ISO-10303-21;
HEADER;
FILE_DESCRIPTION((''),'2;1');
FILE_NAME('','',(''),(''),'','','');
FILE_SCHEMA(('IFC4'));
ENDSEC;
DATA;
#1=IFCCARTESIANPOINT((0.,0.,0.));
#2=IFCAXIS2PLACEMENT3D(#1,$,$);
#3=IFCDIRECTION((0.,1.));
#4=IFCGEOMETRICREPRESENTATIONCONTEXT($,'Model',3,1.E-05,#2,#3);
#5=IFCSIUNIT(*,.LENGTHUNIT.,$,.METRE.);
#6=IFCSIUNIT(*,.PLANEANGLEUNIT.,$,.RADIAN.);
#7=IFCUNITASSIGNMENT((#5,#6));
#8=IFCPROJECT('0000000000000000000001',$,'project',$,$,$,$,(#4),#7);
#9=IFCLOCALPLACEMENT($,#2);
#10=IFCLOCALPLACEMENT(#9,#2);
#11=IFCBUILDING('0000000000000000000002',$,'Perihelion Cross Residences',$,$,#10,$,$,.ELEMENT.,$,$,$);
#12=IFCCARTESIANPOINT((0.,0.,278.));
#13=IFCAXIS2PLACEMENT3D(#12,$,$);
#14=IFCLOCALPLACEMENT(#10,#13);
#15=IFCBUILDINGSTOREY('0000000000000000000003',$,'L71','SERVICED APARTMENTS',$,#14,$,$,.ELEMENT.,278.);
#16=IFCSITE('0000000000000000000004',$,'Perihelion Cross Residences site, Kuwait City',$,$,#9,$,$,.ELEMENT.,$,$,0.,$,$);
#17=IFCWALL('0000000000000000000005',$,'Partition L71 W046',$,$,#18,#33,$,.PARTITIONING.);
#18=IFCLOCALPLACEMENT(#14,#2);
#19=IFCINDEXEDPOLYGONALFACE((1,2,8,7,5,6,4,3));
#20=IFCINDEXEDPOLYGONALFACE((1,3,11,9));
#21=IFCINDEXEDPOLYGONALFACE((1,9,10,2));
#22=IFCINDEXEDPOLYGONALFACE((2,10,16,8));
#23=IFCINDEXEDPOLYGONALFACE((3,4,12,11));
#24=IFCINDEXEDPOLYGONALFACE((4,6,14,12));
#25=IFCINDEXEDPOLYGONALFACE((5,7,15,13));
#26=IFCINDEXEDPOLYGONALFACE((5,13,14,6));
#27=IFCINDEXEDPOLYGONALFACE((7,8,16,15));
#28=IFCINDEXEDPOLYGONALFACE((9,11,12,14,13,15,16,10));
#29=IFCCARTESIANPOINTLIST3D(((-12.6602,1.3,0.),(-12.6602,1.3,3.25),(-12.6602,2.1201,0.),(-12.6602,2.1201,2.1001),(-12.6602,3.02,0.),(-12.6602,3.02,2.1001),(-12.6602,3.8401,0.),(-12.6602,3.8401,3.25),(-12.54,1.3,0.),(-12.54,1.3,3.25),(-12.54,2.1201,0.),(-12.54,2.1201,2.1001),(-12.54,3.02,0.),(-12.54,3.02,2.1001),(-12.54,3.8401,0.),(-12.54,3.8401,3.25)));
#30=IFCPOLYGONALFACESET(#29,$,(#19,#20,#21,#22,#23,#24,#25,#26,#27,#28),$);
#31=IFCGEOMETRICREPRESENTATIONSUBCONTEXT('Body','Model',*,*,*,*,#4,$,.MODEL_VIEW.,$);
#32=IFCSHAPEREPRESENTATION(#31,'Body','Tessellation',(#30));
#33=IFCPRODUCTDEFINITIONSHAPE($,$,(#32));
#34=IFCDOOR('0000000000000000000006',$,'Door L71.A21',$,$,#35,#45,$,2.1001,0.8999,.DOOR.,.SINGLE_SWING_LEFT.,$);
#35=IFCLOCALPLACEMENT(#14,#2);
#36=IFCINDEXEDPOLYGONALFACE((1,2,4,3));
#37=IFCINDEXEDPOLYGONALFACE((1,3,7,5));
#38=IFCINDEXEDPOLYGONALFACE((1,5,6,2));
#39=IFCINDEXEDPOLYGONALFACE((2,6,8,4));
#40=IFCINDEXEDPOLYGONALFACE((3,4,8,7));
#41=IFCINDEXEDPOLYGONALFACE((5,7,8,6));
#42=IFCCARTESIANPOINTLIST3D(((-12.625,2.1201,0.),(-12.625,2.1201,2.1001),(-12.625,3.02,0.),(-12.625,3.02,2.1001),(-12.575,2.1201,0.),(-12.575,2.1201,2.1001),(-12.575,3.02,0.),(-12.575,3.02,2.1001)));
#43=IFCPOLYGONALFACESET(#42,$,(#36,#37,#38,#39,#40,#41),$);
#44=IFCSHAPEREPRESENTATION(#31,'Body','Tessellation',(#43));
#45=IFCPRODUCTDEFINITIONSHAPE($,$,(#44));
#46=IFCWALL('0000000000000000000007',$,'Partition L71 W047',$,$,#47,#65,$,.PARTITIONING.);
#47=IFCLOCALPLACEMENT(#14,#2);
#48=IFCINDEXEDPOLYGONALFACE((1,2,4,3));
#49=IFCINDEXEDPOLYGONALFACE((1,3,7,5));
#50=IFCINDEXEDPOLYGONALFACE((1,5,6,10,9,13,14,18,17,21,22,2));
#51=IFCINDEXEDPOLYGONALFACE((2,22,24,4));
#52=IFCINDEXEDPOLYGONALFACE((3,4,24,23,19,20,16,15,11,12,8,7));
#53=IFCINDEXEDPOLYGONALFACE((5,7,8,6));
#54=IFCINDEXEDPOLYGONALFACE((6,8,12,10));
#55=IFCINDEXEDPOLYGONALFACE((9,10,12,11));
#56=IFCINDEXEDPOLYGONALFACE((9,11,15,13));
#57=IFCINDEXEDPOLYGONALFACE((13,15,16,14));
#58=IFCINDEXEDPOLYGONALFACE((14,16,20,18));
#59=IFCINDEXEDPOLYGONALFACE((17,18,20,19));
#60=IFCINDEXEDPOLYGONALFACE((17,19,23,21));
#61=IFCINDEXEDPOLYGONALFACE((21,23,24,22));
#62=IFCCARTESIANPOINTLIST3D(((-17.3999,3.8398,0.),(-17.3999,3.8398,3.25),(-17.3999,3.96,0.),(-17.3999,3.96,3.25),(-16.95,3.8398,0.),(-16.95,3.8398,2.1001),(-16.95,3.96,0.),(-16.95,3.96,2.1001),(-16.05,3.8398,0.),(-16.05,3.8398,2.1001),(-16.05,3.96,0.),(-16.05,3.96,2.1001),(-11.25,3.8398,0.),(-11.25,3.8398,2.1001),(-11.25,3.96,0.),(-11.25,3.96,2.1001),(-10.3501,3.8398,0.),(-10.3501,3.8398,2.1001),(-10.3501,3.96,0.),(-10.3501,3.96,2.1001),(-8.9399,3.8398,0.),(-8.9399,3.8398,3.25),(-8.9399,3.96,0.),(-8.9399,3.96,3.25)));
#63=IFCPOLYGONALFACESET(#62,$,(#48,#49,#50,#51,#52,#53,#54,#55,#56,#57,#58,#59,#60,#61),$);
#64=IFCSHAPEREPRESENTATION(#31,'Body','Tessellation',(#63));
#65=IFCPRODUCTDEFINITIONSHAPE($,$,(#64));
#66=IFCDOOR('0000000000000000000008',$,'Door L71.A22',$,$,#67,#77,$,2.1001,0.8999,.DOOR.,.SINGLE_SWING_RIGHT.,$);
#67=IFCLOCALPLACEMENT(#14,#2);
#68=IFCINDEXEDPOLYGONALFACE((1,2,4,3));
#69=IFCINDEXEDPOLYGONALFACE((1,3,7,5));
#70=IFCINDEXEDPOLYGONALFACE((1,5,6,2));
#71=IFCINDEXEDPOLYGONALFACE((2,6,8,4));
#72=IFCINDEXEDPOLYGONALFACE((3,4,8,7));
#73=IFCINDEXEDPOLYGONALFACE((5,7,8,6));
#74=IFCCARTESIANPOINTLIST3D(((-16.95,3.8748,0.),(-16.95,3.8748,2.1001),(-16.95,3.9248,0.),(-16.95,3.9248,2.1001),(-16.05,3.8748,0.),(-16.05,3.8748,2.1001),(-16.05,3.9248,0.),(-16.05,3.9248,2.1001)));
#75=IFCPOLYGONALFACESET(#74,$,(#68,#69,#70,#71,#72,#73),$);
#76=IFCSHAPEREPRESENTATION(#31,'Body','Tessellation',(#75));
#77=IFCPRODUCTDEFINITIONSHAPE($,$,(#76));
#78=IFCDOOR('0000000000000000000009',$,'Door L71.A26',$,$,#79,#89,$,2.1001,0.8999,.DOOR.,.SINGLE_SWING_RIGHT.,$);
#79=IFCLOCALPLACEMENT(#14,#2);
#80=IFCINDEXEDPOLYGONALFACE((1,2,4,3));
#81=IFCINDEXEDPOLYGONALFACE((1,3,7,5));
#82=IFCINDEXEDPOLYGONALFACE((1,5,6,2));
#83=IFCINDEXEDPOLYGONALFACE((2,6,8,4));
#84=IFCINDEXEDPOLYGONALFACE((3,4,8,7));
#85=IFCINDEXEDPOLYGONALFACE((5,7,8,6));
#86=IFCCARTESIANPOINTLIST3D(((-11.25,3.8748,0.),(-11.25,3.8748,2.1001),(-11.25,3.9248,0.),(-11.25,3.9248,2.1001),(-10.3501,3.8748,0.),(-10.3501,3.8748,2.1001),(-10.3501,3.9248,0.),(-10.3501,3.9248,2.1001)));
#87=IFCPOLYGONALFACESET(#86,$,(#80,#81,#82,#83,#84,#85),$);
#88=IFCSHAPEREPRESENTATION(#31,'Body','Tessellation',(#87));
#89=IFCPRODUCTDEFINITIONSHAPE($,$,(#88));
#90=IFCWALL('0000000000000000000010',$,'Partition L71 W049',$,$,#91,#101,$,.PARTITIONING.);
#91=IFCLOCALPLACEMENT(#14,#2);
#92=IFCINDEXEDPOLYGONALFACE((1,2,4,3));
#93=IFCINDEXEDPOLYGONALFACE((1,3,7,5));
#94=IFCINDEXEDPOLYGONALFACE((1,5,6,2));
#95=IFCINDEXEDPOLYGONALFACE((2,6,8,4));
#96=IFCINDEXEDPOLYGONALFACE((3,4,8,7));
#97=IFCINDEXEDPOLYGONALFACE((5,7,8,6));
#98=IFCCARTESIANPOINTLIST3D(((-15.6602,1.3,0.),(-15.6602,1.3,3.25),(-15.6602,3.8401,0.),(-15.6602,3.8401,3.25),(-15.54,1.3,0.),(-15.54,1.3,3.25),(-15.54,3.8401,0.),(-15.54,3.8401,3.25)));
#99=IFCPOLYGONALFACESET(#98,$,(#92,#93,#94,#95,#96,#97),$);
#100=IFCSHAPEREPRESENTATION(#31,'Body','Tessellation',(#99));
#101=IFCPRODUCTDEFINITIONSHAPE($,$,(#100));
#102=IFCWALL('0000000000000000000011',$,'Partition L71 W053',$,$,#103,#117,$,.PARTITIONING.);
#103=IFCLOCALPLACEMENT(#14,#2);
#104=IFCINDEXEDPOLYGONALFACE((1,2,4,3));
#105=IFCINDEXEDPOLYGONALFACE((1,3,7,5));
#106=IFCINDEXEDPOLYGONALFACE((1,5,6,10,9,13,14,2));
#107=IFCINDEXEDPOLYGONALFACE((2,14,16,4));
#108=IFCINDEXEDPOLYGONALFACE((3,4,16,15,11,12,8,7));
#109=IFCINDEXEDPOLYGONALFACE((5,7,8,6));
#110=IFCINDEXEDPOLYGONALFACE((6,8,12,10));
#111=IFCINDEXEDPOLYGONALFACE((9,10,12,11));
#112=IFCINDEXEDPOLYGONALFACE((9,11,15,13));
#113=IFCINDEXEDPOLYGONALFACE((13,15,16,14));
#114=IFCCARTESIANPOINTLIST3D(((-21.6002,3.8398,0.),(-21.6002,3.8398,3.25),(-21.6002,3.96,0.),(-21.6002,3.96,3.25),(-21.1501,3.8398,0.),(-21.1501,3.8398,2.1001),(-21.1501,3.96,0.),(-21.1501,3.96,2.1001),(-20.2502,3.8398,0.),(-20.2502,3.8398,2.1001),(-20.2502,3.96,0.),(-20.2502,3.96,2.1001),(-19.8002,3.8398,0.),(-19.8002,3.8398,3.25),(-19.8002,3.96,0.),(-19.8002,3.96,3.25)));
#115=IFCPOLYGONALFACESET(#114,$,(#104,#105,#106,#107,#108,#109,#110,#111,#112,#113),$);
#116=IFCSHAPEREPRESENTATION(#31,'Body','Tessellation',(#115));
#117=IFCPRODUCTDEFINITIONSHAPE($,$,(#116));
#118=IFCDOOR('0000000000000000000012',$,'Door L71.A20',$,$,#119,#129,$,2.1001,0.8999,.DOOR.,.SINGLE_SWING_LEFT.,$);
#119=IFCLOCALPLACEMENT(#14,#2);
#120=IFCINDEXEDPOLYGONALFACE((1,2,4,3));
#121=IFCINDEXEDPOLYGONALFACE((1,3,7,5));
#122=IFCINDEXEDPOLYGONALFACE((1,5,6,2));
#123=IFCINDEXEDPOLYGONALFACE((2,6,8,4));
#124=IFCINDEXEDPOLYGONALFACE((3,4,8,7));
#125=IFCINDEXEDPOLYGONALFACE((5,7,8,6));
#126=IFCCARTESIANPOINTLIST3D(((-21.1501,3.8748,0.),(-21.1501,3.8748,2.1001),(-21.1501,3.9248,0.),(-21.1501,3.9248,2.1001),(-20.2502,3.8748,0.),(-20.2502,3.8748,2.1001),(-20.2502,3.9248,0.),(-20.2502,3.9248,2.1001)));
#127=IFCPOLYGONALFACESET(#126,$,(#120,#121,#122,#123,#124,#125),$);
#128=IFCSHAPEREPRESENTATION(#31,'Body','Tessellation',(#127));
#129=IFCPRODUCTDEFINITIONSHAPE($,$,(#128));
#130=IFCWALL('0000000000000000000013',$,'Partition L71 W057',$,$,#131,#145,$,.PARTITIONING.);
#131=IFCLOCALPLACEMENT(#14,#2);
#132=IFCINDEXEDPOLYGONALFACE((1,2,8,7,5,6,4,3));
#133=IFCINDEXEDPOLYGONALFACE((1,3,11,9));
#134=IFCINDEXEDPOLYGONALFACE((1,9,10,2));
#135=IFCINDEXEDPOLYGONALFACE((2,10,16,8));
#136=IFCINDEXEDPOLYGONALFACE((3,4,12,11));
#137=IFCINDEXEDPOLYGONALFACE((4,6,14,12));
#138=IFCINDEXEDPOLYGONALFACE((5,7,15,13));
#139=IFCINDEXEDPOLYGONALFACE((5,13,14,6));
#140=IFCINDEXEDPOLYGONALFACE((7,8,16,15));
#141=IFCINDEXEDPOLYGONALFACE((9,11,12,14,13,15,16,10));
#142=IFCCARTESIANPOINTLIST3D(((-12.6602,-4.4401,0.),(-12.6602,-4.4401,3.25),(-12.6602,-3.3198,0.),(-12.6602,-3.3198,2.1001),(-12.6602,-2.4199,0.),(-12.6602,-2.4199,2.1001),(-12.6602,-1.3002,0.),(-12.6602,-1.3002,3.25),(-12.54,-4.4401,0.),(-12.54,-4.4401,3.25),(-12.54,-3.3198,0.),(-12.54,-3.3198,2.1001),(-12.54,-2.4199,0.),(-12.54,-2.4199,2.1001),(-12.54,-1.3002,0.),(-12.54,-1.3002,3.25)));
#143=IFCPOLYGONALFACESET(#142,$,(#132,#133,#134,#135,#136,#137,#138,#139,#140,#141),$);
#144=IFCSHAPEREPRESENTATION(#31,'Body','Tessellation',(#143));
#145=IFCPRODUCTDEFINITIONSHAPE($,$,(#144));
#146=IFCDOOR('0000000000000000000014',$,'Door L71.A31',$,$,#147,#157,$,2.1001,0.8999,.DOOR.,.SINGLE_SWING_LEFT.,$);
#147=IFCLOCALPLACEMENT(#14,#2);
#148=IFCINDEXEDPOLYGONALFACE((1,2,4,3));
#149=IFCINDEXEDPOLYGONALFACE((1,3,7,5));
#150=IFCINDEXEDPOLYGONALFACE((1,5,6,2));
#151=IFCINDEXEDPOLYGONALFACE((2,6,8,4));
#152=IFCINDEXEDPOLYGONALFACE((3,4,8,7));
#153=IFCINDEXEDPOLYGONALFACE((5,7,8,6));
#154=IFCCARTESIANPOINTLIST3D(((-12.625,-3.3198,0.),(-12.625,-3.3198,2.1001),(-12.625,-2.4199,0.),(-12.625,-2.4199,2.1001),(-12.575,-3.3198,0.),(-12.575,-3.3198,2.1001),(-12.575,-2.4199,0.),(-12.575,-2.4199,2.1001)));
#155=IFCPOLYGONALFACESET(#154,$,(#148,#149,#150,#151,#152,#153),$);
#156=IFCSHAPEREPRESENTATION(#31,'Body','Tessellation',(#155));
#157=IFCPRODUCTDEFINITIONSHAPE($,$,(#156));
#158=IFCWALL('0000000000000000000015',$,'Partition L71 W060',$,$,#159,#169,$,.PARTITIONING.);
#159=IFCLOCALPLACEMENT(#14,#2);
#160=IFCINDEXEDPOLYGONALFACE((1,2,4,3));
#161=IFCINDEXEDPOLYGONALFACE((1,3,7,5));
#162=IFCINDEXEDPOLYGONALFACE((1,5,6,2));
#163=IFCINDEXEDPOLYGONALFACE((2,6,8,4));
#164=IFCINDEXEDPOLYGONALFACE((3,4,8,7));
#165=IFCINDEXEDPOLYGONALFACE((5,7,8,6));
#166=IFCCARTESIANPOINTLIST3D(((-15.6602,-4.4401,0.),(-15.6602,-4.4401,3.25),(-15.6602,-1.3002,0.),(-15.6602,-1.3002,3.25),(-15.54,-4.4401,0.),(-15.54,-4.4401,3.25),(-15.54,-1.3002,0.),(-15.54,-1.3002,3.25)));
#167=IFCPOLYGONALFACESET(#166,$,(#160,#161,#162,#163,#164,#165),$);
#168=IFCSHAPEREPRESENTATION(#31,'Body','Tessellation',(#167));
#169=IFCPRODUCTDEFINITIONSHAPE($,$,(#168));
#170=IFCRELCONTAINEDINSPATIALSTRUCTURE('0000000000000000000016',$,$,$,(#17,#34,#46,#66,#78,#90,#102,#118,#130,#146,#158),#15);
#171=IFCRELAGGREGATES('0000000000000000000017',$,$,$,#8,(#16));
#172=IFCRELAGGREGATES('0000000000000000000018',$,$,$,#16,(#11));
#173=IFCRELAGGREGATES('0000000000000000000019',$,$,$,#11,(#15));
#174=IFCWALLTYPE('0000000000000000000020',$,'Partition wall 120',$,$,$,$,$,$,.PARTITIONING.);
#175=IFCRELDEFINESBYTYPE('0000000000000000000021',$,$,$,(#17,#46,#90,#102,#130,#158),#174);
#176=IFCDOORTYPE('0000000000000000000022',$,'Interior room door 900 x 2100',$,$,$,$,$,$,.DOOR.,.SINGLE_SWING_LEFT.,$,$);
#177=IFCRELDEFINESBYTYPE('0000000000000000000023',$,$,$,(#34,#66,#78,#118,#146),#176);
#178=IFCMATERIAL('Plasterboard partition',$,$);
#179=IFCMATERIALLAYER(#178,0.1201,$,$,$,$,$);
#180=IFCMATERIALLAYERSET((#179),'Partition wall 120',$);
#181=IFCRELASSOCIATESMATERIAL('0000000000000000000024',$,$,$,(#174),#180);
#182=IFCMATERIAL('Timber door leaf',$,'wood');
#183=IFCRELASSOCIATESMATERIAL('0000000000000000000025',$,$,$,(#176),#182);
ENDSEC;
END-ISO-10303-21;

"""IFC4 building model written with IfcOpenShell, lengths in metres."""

from ifc_helpers import new_model, si_unit, direction, frame, frame_2d, origin, place, context, subcontext, project, spatial, rectangle, extrude, material, layer, layer_set, type_object, element, fill, save


model = new_model("IFC4")

# Units and contexts
model_context = context("Model", 3, precision=1e-05, world=origin(), true_north=direction((0.0, 1.0)))
body_context = subcontext(model_context, "Body", "Model", "MODEL_VIEW")
ifc_project = project(units=[si_unit("LENGTHUNIT", "METRE"), si_unit("PLANEANGLEUNIT", "RADIAN")], contexts=[model_context])

# Site, building, storey
site_placement = place(None, origin())
site = spatial("IfcSite", under=ifc_project, at=site_placement, Name="Perihelion Cross Residences site, Kuwait City", CompositionType="ELEMENT", RefElevation=0.0)
building_placement = place(site_placement, origin())
building = spatial("IfcBuilding", under=site, at=building_placement, Name="Perihelion Cross Residences", CompositionType="ELEMENT")
storey_placement = place(building_placement, frame((0.0, 0.0, 278.0)))
storey = spatial("IfcBuildingStorey", under=building, at=storey_placement, Name="L71", Description="SERVICED APARTMENTS", CompositionType="ELEMENT", Elevation=278.0)

# Wall, opening, door
ifc_material_1 = material(Name="Plasterboard partition")
ifc_layer_1 = layer(ifc_material_1, 0.1201)
ifc_layer_set_1 = layer_set([ifc_layer_1], Name="Partition wall 120")
wall_type_1 = type_object("IfcWallType", Name="Partition wall 120", PredefinedType="PARTITIONING", material=ifc_layer_set_1)
wall_1_placement = place(storey_placement, frame((-12.6001, 1.3, 0.0), z_axis=(0.0, 0.0, 1.0), x_axis=(0.0, 1.0, 0.0)))
wall_1 = element("IfcWall", 1, at=wall_1_placement, inside=storey, type_object=wall_type_1, Name="Partition L71 W046", PredefinedType="PARTITIONING", context=body_context, shape_type="SweptSolid", body=[
    extrude(rectangle(XDim=2.54, YDim=0.1201, at=frame_2d((1.27, 0.0))), origin(), (0.0, 0.0, 1.0), 3.25),
])
opening_1_placement = place(wall_1_placement, frame((0.8201, 0.0, 0.0)))
opening_1 = element("IfcOpeningElement", 2, at=opening_1_placement, cuts=wall_1, PredefinedType="OPENING", context=body_context, shape_type="SweptSolid", body=[
    extrude(rectangle(XDim=0.8999, YDim=2.1001, at=frame_2d((0.45, 1.05))), frame((0.0, 0.0701, 0.0), z_axis=(0.0, -1.0, 0.0), x_axis=(1.0, 0.0, 0.0)), (0.0, 0.0, 1.0), 0.1401),
])
ifc_material_2 = material(Name="Timber door leaf", Category="wood")
door_type_1 = type_object("IfcDoorType", Name="Interior room door 900 x 2100", OperationType="SINGLE_SWING_LEFT", PredefinedType="DOOR", material=ifc_material_2)
door_1_placement = place(opening_1_placement, origin())
door_1 = element("IfcDoor", 3, at=door_1_placement, inside=storey, type_object=door_type_1, Name="Door L71.A21", OperationType="SINGLE_SWING_LEFT", OverallHeight=2.1001, OverallWidth=0.8999, PredefinedType="DOOR", context=body_context, shape_type="SweptSolid", body=[
    extrude(rectangle(XDim=0.8999, YDim=2.1001, at=frame_2d((0.45, 1.05))), frame((0.0, 0.0249, 0.0), z_axis=(0.0, -1.0, 0.0), x_axis=(1.0, 0.0, 0.0)), (0.0, 0.0, 1.0), 0.05),
])
fill(opening_1, door_1)

# Wall, openings, doors
wall_2_placement = place(storey_placement, frame((-17.3999, 3.8999, 0.0), z_axis=(0.0, 0.0, 1.0), x_axis=(1.0, 0.0, 0.0)))
wall_2 = element("IfcWall", 4, at=wall_2_placement, inside=storey, type_object=wall_type_1, Name="Partition L71 W047", PredefinedType="PARTITIONING", context=body_context, shape_type="SweptSolid", body=[
    extrude(rectangle(XDim=8.46, YDim=0.1201, at=frame_2d((4.23, 0.0))), origin(), (0.0, 0.0, 1.0), 3.25),
])
opening_2_placement = place(wall_2_placement, frame((0.45, 0.0, 0.0)))
opening_2 = element("IfcOpeningElement", 5, at=opening_2_placement, cuts=wall_2, PredefinedType="OPENING", context=body_context, shape_type="SweptSolid", body=[
    extrude(rectangle(XDim=0.8999, YDim=2.1001, at=frame_2d((0.45, 1.05))), frame((0.0, 0.0701, 0.0), z_axis=(0.0, -1.0, 0.0), x_axis=(1.0, 0.0, 0.0)), (0.0, 0.0, 1.0), 0.1401),
])
opening_3_placement = place(wall_2_placement, frame((6.1499, 0.0, 0.0)))
opening_3 = element("IfcOpeningElement", 6, at=opening_3_placement, cuts=wall_2, PredefinedType="OPENING", context=body_context, shape_type="SweptSolid", body=[
    extrude(rectangle(XDim=0.8999, YDim=2.1001, at=frame_2d((0.45, 1.05))), frame((0.0, 0.0701, 0.0), z_axis=(0.0, -1.0, 0.0), x_axis=(1.0, 0.0, 0.0)), (0.0, 0.0, 1.0), 0.1401),
])
door_2_placement = place(opening_2_placement, origin())
door_2 = element("IfcDoor", 7, at=door_2_placement, inside=storey, type_object=door_type_1, Name="Door L71.A22", OperationType="SINGLE_SWING_RIGHT", OverallHeight=2.1001, OverallWidth=0.8999, PredefinedType="DOOR", context=body_context, shape_type="SweptSolid", body=[
    extrude(rectangle(XDim=0.8999, YDim=2.1001, at=frame_2d((0.45, 1.05))), frame((0.0, 0.0249, 0.0), z_axis=(0.0, -1.0, 0.0), x_axis=(1.0, 0.0, 0.0)), (0.0, 0.0, 1.0), 0.05),
])
fill(opening_2, door_2)
door_3_placement = place(opening_3_placement, origin())
door_3 = element("IfcDoor", 8, at=door_3_placement, inside=storey, type_object=door_type_1, Name="Door L71.A26", OperationType="SINGLE_SWING_RIGHT", OverallHeight=2.1001, OverallWidth=0.8999, PredefinedType="DOOR", context=body_context, shape_type="SweptSolid", body=[
    extrude(rectangle(XDim=0.8999, YDim=2.1001, at=frame_2d((0.45, 1.05))), frame((0.0, 0.0249, 0.0), z_axis=(0.0, -1.0, 0.0), x_axis=(1.0, 0.0, 0.0)), (0.0, 0.0, 1.0), 0.05),
])
fill(opening_3, door_3)

# Wall
wall_3_placement = place(storey_placement, frame((-15.6001, 1.3, 0.0), z_axis=(0.0, 0.0, 1.0), x_axis=(0.0, 1.0, 0.0)))
element("IfcWall", 9, at=wall_3_placement, inside=storey, type_object=wall_type_1, Name="Partition L71 W049", PredefinedType="PARTITIONING", context=body_context, shape_type="SweptSolid", body=[
    extrude(rectangle(XDim=2.54, YDim=0.1201, at=frame_2d((1.27, 0.0))), origin(), (0.0, 0.0, 1.0), 3.25),
])

# Walls, openings, doors
wall_4_placement = place(storey_placement, frame((-21.6001, 3.8999, 0.0), z_axis=(0.0, 0.0, 1.0), x_axis=(1.0, 0.0, 0.0)))
wall_4 = element("IfcWall", 10, at=wall_4_placement, inside=storey, type_object=wall_type_1, Name="Partition L71 W053", PredefinedType="PARTITIONING", context=body_context, shape_type="SweptSolid", body=[
    extrude(rectangle(XDim=1.8, YDim=0.1201, at=frame_2d((0.8999, 0.0))), origin(), (0.0, 0.0, 1.0), 3.25),
])
opening_4_placement = place(wall_4_placement, frame((0.45, 0.0, 0.0)))
opening_4 = element("IfcOpeningElement", 11, at=opening_4_placement, cuts=wall_4, PredefinedType="OPENING", context=body_context, shape_type="SweptSolid", body=[
    extrude(rectangle(XDim=0.8999, YDim=2.1001, at=frame_2d((0.45, 1.05))), frame((0.0, 0.0701, 0.0), z_axis=(0.0, -1.0, 0.0), x_axis=(1.0, 0.0, 0.0)), (0.0, 0.0, 1.0), 0.1401),
])
door_4_placement = place(opening_4_placement, origin())
door_4 = element("IfcDoor", 12, at=door_4_placement, inside=storey, type_object=door_type_1, Name="Door L71.A20", OperationType="SINGLE_SWING_LEFT", OverallHeight=2.1001, OverallWidth=0.8999, PredefinedType="DOOR", context=body_context, shape_type="SweptSolid", body=[
    extrude(rectangle(XDim=0.8999, YDim=2.1001, at=frame_2d((0.45, 1.05))), frame((0.0, 0.0249, 0.0), z_axis=(0.0, -1.0, 0.0), x_axis=(1.0, 0.0, 0.0)), (0.0, 0.0, 1.0), 0.05),
])
fill(opening_4, door_4)
wall_5_placement = place(storey_placement, frame((-12.6001, -4.4399, 0.0), z_axis=(0.0, 0.0, 1.0), x_axis=(0.0, 1.0, 0.0)))
wall_5 = element("IfcWall", 13, at=wall_5_placement, inside=storey, type_object=wall_type_1, Name="Partition L71 W057", PredefinedType="PARTITIONING", context=body_context, shape_type="SweptSolid", body=[
    extrude(rectangle(XDim=3.1399, YDim=0.1201, at=frame_2d((1.5698, 0.0))), origin(), (0.0, 0.0, 1.0), 3.25),
])
opening_5_placement = place(wall_5_placement, frame((1.1201, 0.0, 0.0)))
opening_5 = element("IfcOpeningElement", 14, at=opening_5_placement, cuts=wall_5, PredefinedType="OPENING", context=body_context, shape_type="SweptSolid", body=[
    extrude(rectangle(XDim=0.8999, YDim=2.1001, at=frame_2d((0.45, 1.05))), frame((0.0, 0.0701, 0.0), z_axis=(0.0, -1.0, 0.0), x_axis=(1.0, 0.0, 0.0)), (0.0, 0.0, 1.0), 0.1401),
])
door_5_placement = place(opening_5_placement, origin())
door_5 = element("IfcDoor", 15, at=door_5_placement, inside=storey, type_object=door_type_1, Name="Door L71.A31", OperationType="SINGLE_SWING_LEFT", OverallHeight=2.1001, OverallWidth=0.8999, PredefinedType="DOOR", context=body_context, shape_type="SweptSolid", body=[
    extrude(rectangle(XDim=0.8999, YDim=2.1001, at=frame_2d((0.45, 1.05))), frame((0.0, 0.0249, 0.0), z_axis=(0.0, -1.0, 0.0), x_axis=(1.0, 0.0, 0.0)), (0.0, 0.0, 1.0), 0.05),
])
fill(opening_5, door_5)

# Wall
wall_6_placement = place(storey_placement, frame((-15.6001, -4.4399, 0.0), z_axis=(0.0, 0.0, 1.0), x_axis=(0.0, 1.0, 0.0)))
element("IfcWall", 16, at=wall_6_placement, inside=storey, type_object=wall_type_1, Name="Partition L71 W060", PredefinedType="PARTITIONING", context=body_context, shape_type="SweptSolid", body=[
    extrude(rectangle(XDim=3.1399, YDim=0.1201, at=frame_2d((1.5698, 0.0))), origin(), (0.0, 0.0, 1.0), 3.25),
])

save(model, "model.ifc")
